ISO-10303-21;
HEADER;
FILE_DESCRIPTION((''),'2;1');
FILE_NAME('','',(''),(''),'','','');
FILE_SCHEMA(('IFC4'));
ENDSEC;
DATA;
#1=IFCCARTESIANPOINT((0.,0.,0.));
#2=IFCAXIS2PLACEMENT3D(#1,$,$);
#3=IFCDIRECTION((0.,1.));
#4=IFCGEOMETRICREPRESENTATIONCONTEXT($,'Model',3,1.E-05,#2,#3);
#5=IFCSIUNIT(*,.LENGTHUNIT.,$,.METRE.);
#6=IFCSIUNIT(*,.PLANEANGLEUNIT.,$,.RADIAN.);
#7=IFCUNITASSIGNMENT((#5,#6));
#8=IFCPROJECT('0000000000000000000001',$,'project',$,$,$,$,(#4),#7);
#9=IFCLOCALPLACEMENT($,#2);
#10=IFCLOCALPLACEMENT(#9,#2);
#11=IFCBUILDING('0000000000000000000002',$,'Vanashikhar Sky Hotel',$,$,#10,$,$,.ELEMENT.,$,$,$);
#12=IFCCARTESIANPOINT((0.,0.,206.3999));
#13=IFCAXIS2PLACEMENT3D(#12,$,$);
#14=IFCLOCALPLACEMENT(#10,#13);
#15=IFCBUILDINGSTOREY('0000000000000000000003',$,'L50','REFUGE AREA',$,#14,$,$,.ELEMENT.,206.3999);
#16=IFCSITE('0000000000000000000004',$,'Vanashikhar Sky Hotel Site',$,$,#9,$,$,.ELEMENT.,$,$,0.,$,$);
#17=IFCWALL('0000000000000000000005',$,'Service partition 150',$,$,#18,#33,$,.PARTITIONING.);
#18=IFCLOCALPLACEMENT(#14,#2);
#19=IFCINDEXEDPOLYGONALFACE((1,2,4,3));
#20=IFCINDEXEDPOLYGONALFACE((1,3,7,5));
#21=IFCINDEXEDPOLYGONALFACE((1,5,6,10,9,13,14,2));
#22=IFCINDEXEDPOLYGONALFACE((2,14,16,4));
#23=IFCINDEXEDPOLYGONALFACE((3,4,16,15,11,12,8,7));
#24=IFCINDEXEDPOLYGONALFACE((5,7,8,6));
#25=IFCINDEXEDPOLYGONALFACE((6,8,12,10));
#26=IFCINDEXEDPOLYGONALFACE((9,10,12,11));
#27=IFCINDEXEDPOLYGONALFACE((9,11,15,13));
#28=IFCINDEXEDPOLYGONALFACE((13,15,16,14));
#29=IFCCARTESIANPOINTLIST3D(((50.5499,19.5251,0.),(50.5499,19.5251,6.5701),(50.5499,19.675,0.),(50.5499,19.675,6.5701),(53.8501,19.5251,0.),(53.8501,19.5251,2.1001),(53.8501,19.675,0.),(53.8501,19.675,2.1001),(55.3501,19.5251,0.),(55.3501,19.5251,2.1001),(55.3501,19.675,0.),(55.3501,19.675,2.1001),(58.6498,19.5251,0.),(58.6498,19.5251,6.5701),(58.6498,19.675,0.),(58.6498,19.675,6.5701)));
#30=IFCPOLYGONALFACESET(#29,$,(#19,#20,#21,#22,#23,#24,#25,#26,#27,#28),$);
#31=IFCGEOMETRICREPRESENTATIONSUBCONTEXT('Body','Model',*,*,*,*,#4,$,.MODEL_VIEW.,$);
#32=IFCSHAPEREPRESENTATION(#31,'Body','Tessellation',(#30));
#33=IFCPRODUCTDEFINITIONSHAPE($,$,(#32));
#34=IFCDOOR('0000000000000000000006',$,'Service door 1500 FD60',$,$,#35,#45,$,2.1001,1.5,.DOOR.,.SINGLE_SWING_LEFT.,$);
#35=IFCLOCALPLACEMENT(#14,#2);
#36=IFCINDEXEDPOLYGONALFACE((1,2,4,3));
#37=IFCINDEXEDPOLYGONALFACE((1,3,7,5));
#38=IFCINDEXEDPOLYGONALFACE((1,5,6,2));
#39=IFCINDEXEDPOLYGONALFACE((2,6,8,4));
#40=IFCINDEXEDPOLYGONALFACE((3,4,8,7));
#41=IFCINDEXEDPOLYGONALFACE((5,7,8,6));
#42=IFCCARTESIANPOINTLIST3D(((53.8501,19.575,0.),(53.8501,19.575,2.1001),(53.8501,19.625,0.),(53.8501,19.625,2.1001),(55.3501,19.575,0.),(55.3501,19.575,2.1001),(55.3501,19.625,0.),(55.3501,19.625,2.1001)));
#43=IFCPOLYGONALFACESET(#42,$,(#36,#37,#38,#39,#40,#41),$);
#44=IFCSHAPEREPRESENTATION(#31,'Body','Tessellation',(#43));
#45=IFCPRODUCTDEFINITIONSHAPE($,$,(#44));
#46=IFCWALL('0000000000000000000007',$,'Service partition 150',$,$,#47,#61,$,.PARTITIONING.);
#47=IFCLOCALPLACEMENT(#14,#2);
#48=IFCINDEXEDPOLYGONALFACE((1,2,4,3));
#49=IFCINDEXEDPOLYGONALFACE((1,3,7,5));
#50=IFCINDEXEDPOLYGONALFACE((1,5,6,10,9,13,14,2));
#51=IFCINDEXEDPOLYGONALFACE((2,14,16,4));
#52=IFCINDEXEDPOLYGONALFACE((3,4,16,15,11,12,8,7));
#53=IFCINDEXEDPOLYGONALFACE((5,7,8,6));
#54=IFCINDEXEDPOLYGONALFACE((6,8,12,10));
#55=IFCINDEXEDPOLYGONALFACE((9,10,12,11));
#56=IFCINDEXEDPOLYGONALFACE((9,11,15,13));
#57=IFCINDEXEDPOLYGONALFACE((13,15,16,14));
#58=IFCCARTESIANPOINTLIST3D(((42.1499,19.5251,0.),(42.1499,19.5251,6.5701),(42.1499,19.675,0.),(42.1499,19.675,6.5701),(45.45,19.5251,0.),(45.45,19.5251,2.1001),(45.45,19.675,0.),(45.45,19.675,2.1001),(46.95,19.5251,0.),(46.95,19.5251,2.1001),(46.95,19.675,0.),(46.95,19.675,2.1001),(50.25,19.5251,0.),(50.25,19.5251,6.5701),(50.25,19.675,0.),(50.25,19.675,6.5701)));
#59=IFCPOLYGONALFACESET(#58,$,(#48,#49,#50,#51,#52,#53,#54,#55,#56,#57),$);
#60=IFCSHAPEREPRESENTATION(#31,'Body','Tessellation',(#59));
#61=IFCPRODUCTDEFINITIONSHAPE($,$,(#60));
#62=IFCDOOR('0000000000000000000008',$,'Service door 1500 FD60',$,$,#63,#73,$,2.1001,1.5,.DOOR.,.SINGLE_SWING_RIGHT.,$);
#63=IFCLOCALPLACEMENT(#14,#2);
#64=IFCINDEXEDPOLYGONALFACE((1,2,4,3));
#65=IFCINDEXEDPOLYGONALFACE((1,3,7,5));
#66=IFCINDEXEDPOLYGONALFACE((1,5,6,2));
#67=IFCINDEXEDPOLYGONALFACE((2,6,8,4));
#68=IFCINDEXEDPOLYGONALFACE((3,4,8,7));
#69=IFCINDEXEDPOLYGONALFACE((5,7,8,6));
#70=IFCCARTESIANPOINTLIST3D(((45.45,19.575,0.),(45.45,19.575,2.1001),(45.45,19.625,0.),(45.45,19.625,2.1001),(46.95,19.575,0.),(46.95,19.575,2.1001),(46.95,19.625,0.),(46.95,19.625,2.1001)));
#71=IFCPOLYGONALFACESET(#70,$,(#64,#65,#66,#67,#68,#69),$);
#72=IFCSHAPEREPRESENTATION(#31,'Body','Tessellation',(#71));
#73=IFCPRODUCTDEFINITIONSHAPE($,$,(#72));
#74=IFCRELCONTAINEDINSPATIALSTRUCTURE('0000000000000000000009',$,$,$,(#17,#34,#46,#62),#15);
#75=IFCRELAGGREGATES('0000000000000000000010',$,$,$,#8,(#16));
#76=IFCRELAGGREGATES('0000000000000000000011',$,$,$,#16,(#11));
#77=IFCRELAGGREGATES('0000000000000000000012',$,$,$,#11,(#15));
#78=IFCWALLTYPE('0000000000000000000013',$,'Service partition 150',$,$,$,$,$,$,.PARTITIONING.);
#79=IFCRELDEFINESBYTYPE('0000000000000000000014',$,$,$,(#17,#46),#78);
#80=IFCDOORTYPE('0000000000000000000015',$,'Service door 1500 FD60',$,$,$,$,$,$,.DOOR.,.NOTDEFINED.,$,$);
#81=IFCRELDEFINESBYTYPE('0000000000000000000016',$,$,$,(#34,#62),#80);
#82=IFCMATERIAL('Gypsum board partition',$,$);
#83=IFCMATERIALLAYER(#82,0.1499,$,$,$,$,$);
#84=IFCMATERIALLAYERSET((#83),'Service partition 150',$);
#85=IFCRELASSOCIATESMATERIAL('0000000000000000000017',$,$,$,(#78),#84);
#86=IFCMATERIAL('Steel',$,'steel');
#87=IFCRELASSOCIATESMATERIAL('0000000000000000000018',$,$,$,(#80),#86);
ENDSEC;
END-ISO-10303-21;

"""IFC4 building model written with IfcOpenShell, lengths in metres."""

from ifc_helpers import new_model, si_unit, direction, frame, frame_2d, origin, place, context, subcontext, project, spatial, rectangle, extrude, source, transform, mapped, material, layer, layer_set, type_object, element, fill, save


model = new_model("IFC4")

# Units and contexts
model_context = context("Model", 3, precision=1e-05, world=origin(), true_north=direction((0.0, 1.0)))
body_context = subcontext(model_context, "Body", "Model", "MODEL_VIEW")
ifc_project = project(units=[si_unit("LENGTHUNIT", "METRE"), si_unit("PLANEANGLEUNIT", "RADIAN")], contexts=[model_context])

# Site, building, storey
site_placement = place(None, origin())
site = spatial("IfcSite", under=ifc_project, at=site_placement, Name="Vanashikhar Sky Hotel Site", CompositionType="ELEMENT", RefElevation=0.0)
building_placement = place(site_placement, origin())
building = spatial("IfcBuilding", under=site, at=building_placement, Name="Vanashikhar Sky Hotel", CompositionType="ELEMENT")
storey_placement = place(building_placement, frame((0.0, 0.0, 206.3999)))
storey = spatial("IfcBuildingStorey", under=building, at=storey_placement, Name="L50", Description="REFUGE AREA", CompositionType="ELEMENT", Elevation=206.3999)

# Shared definitions
ifc_material_1 = material(Name="Steel", Category="steel")

# Shared definitions
ifc_material_2 = material(Name="Gypsum board partition")
ifc_layer_1 = layer(ifc_material_2, 0.1499)
ifc_layer_set_1 = layer_set([ifc_layer_1], Name="Service partition 150")
wall_type_1 = type_object("IfcWallType", Name="Service partition 150", PredefinedType="PARTITIONING", material=ifc_layer_set_1)

# Walls, openings, doors
shared_shape_1 = source(origin(), body_context, "Body", "SweptSolid", [
    extrude(rectangle(XDim=8.0999, YDim=0.1499, at=frame_2d((4.0498, 0.0))), origin(), (0.0, 0.0, 1.0), 6.5701),
])
wall_1_placement = place(storey_placement, frame((50.55, 19.6001, 0.0), z_axis=(0.0, 0.0, 1.0), x_axis=(1.0, 0.0, 0.0)))
wall_1 = element("IfcWall", 1, at=wall_1_placement, inside=storey, type_object=wall_type_1, Name="Service partition 150", PredefinedType="PARTITIONING", context=body_context, shape_type="MappedRepresentation", body=[
    mapped(shared_shape_1, transform((0.0, 0.0, 0.0), scale=1.0)),
])
shared_shape_2 = source(origin(), body_context, "Body", "SweptSolid", [
    extrude(rectangle(XDim=1.5, YDim=2.1001, at=frame_2d((0.75, 1.05))), frame((0.0, 0.085, 0.0), z_axis=(0.0, -1.0, 0.0), x_axis=(1.0, 0.0, 0.0)), (0.0, 0.0, 1.0), 0.1699),
])
opening_1_placement = place(wall_1_placement, frame((3.3, 0.0, 0.0)))
opening_1 = element("IfcOpeningElement", 2, at=opening_1_placement, cuts=wall_1, PredefinedType="OPENING", context=body_context, shape_type="MappedRepresentation", body=[
    mapped(shared_shape_2, transform((0.0, 0.0, 0.0), scale=1.0)),
])
door_type_1 = type_object("IfcDoorType", Name="Service door 1500 FD60", OperationType="NOTDEFINED", PredefinedType="DOOR", material=ifc_material_1)
shared_shape_3 = source(origin(), body_context, "Body", "SweptSolid", [
    extrude(rectangle(XDim=1.5, YDim=2.1001, at=frame_2d((0.75, 1.05))), frame((0.0, 0.0249, 0.0), z_axis=(0.0, -1.0, 0.0), x_axis=(1.0, 0.0, 0.0)), (0.0, 0.0, 1.0), 0.05),
])
door_1_placement = place(opening_1_placement, origin())
door_1 = element("IfcDoor", 3, at=door_1_placement, inside=storey, type_object=door_type_1, Name="Service door 1500 FD60", OperationType="SINGLE_SWING_LEFT", OverallHeight=2.1001, OverallWidth=1.5, PredefinedType="DOOR", context=body_context, shape_type="MappedRepresentation", body=[
    mapped(shared_shape_3, transform((0.0, 0.0, 0.0), scale=1.0)),
])
fill(opening_1, door_1)
shared_shape_4 = source(origin(), body_context, "Body", "SweptSolid", [
    extrude(rectangle(XDim=8.1001, YDim=0.1499, at=frame_2d((4.05, 0.0))), origin(), (0.0, 0.0, 1.0), 6.5701),
])
wall_2_placement = place(storey_placement, frame((42.1499, 19.6001, 0.0), z_axis=(0.0, 0.0, 1.0), x_axis=(1.0, 0.0, 0.0)))
wall_2 = element("IfcWall", 4, at=wall_2_placement, inside=storey, type_object=wall_type_1, Name="Service partition 150", PredefinedType="PARTITIONING", context=body_context, shape_type="MappedRepresentation", body=[
    mapped(shared_shape_4, transform((0.0, 0.0, 0.0), scale=1.0)),
])
opening_2_placement = place(wall_2_placement, frame((3.3, 0.0, 0.0)))
opening_2 = element("IfcOpeningElement", 5, at=opening_2_placement, cuts=wall_2, PredefinedType="OPENING", context=body_context, shape_type="MappedRepresentation", body=[
    mapped(shared_shape_2, transform((0.0, 0.0, 0.0), scale=1.0)),
])
door_2_placement = place(opening_2_placement, origin())
door_2 = element("IfcDoor", 6, at=door_2_placement, inside=storey, type_object=door_type_1, Name="Service door 1500 FD60", OperationType="SINGLE_SWING_RIGHT", OverallHeight=2.1001, OverallWidth=1.5, PredefinedType="DOOR", context=body_context, shape_type="MappedRepresentation", body=[
    mapped(shared_shape_3, transform((0.0, 0.0, 0.0), scale=1.0)),
])
fill(opening_2, door_2)

save(model, "model.ifc")
